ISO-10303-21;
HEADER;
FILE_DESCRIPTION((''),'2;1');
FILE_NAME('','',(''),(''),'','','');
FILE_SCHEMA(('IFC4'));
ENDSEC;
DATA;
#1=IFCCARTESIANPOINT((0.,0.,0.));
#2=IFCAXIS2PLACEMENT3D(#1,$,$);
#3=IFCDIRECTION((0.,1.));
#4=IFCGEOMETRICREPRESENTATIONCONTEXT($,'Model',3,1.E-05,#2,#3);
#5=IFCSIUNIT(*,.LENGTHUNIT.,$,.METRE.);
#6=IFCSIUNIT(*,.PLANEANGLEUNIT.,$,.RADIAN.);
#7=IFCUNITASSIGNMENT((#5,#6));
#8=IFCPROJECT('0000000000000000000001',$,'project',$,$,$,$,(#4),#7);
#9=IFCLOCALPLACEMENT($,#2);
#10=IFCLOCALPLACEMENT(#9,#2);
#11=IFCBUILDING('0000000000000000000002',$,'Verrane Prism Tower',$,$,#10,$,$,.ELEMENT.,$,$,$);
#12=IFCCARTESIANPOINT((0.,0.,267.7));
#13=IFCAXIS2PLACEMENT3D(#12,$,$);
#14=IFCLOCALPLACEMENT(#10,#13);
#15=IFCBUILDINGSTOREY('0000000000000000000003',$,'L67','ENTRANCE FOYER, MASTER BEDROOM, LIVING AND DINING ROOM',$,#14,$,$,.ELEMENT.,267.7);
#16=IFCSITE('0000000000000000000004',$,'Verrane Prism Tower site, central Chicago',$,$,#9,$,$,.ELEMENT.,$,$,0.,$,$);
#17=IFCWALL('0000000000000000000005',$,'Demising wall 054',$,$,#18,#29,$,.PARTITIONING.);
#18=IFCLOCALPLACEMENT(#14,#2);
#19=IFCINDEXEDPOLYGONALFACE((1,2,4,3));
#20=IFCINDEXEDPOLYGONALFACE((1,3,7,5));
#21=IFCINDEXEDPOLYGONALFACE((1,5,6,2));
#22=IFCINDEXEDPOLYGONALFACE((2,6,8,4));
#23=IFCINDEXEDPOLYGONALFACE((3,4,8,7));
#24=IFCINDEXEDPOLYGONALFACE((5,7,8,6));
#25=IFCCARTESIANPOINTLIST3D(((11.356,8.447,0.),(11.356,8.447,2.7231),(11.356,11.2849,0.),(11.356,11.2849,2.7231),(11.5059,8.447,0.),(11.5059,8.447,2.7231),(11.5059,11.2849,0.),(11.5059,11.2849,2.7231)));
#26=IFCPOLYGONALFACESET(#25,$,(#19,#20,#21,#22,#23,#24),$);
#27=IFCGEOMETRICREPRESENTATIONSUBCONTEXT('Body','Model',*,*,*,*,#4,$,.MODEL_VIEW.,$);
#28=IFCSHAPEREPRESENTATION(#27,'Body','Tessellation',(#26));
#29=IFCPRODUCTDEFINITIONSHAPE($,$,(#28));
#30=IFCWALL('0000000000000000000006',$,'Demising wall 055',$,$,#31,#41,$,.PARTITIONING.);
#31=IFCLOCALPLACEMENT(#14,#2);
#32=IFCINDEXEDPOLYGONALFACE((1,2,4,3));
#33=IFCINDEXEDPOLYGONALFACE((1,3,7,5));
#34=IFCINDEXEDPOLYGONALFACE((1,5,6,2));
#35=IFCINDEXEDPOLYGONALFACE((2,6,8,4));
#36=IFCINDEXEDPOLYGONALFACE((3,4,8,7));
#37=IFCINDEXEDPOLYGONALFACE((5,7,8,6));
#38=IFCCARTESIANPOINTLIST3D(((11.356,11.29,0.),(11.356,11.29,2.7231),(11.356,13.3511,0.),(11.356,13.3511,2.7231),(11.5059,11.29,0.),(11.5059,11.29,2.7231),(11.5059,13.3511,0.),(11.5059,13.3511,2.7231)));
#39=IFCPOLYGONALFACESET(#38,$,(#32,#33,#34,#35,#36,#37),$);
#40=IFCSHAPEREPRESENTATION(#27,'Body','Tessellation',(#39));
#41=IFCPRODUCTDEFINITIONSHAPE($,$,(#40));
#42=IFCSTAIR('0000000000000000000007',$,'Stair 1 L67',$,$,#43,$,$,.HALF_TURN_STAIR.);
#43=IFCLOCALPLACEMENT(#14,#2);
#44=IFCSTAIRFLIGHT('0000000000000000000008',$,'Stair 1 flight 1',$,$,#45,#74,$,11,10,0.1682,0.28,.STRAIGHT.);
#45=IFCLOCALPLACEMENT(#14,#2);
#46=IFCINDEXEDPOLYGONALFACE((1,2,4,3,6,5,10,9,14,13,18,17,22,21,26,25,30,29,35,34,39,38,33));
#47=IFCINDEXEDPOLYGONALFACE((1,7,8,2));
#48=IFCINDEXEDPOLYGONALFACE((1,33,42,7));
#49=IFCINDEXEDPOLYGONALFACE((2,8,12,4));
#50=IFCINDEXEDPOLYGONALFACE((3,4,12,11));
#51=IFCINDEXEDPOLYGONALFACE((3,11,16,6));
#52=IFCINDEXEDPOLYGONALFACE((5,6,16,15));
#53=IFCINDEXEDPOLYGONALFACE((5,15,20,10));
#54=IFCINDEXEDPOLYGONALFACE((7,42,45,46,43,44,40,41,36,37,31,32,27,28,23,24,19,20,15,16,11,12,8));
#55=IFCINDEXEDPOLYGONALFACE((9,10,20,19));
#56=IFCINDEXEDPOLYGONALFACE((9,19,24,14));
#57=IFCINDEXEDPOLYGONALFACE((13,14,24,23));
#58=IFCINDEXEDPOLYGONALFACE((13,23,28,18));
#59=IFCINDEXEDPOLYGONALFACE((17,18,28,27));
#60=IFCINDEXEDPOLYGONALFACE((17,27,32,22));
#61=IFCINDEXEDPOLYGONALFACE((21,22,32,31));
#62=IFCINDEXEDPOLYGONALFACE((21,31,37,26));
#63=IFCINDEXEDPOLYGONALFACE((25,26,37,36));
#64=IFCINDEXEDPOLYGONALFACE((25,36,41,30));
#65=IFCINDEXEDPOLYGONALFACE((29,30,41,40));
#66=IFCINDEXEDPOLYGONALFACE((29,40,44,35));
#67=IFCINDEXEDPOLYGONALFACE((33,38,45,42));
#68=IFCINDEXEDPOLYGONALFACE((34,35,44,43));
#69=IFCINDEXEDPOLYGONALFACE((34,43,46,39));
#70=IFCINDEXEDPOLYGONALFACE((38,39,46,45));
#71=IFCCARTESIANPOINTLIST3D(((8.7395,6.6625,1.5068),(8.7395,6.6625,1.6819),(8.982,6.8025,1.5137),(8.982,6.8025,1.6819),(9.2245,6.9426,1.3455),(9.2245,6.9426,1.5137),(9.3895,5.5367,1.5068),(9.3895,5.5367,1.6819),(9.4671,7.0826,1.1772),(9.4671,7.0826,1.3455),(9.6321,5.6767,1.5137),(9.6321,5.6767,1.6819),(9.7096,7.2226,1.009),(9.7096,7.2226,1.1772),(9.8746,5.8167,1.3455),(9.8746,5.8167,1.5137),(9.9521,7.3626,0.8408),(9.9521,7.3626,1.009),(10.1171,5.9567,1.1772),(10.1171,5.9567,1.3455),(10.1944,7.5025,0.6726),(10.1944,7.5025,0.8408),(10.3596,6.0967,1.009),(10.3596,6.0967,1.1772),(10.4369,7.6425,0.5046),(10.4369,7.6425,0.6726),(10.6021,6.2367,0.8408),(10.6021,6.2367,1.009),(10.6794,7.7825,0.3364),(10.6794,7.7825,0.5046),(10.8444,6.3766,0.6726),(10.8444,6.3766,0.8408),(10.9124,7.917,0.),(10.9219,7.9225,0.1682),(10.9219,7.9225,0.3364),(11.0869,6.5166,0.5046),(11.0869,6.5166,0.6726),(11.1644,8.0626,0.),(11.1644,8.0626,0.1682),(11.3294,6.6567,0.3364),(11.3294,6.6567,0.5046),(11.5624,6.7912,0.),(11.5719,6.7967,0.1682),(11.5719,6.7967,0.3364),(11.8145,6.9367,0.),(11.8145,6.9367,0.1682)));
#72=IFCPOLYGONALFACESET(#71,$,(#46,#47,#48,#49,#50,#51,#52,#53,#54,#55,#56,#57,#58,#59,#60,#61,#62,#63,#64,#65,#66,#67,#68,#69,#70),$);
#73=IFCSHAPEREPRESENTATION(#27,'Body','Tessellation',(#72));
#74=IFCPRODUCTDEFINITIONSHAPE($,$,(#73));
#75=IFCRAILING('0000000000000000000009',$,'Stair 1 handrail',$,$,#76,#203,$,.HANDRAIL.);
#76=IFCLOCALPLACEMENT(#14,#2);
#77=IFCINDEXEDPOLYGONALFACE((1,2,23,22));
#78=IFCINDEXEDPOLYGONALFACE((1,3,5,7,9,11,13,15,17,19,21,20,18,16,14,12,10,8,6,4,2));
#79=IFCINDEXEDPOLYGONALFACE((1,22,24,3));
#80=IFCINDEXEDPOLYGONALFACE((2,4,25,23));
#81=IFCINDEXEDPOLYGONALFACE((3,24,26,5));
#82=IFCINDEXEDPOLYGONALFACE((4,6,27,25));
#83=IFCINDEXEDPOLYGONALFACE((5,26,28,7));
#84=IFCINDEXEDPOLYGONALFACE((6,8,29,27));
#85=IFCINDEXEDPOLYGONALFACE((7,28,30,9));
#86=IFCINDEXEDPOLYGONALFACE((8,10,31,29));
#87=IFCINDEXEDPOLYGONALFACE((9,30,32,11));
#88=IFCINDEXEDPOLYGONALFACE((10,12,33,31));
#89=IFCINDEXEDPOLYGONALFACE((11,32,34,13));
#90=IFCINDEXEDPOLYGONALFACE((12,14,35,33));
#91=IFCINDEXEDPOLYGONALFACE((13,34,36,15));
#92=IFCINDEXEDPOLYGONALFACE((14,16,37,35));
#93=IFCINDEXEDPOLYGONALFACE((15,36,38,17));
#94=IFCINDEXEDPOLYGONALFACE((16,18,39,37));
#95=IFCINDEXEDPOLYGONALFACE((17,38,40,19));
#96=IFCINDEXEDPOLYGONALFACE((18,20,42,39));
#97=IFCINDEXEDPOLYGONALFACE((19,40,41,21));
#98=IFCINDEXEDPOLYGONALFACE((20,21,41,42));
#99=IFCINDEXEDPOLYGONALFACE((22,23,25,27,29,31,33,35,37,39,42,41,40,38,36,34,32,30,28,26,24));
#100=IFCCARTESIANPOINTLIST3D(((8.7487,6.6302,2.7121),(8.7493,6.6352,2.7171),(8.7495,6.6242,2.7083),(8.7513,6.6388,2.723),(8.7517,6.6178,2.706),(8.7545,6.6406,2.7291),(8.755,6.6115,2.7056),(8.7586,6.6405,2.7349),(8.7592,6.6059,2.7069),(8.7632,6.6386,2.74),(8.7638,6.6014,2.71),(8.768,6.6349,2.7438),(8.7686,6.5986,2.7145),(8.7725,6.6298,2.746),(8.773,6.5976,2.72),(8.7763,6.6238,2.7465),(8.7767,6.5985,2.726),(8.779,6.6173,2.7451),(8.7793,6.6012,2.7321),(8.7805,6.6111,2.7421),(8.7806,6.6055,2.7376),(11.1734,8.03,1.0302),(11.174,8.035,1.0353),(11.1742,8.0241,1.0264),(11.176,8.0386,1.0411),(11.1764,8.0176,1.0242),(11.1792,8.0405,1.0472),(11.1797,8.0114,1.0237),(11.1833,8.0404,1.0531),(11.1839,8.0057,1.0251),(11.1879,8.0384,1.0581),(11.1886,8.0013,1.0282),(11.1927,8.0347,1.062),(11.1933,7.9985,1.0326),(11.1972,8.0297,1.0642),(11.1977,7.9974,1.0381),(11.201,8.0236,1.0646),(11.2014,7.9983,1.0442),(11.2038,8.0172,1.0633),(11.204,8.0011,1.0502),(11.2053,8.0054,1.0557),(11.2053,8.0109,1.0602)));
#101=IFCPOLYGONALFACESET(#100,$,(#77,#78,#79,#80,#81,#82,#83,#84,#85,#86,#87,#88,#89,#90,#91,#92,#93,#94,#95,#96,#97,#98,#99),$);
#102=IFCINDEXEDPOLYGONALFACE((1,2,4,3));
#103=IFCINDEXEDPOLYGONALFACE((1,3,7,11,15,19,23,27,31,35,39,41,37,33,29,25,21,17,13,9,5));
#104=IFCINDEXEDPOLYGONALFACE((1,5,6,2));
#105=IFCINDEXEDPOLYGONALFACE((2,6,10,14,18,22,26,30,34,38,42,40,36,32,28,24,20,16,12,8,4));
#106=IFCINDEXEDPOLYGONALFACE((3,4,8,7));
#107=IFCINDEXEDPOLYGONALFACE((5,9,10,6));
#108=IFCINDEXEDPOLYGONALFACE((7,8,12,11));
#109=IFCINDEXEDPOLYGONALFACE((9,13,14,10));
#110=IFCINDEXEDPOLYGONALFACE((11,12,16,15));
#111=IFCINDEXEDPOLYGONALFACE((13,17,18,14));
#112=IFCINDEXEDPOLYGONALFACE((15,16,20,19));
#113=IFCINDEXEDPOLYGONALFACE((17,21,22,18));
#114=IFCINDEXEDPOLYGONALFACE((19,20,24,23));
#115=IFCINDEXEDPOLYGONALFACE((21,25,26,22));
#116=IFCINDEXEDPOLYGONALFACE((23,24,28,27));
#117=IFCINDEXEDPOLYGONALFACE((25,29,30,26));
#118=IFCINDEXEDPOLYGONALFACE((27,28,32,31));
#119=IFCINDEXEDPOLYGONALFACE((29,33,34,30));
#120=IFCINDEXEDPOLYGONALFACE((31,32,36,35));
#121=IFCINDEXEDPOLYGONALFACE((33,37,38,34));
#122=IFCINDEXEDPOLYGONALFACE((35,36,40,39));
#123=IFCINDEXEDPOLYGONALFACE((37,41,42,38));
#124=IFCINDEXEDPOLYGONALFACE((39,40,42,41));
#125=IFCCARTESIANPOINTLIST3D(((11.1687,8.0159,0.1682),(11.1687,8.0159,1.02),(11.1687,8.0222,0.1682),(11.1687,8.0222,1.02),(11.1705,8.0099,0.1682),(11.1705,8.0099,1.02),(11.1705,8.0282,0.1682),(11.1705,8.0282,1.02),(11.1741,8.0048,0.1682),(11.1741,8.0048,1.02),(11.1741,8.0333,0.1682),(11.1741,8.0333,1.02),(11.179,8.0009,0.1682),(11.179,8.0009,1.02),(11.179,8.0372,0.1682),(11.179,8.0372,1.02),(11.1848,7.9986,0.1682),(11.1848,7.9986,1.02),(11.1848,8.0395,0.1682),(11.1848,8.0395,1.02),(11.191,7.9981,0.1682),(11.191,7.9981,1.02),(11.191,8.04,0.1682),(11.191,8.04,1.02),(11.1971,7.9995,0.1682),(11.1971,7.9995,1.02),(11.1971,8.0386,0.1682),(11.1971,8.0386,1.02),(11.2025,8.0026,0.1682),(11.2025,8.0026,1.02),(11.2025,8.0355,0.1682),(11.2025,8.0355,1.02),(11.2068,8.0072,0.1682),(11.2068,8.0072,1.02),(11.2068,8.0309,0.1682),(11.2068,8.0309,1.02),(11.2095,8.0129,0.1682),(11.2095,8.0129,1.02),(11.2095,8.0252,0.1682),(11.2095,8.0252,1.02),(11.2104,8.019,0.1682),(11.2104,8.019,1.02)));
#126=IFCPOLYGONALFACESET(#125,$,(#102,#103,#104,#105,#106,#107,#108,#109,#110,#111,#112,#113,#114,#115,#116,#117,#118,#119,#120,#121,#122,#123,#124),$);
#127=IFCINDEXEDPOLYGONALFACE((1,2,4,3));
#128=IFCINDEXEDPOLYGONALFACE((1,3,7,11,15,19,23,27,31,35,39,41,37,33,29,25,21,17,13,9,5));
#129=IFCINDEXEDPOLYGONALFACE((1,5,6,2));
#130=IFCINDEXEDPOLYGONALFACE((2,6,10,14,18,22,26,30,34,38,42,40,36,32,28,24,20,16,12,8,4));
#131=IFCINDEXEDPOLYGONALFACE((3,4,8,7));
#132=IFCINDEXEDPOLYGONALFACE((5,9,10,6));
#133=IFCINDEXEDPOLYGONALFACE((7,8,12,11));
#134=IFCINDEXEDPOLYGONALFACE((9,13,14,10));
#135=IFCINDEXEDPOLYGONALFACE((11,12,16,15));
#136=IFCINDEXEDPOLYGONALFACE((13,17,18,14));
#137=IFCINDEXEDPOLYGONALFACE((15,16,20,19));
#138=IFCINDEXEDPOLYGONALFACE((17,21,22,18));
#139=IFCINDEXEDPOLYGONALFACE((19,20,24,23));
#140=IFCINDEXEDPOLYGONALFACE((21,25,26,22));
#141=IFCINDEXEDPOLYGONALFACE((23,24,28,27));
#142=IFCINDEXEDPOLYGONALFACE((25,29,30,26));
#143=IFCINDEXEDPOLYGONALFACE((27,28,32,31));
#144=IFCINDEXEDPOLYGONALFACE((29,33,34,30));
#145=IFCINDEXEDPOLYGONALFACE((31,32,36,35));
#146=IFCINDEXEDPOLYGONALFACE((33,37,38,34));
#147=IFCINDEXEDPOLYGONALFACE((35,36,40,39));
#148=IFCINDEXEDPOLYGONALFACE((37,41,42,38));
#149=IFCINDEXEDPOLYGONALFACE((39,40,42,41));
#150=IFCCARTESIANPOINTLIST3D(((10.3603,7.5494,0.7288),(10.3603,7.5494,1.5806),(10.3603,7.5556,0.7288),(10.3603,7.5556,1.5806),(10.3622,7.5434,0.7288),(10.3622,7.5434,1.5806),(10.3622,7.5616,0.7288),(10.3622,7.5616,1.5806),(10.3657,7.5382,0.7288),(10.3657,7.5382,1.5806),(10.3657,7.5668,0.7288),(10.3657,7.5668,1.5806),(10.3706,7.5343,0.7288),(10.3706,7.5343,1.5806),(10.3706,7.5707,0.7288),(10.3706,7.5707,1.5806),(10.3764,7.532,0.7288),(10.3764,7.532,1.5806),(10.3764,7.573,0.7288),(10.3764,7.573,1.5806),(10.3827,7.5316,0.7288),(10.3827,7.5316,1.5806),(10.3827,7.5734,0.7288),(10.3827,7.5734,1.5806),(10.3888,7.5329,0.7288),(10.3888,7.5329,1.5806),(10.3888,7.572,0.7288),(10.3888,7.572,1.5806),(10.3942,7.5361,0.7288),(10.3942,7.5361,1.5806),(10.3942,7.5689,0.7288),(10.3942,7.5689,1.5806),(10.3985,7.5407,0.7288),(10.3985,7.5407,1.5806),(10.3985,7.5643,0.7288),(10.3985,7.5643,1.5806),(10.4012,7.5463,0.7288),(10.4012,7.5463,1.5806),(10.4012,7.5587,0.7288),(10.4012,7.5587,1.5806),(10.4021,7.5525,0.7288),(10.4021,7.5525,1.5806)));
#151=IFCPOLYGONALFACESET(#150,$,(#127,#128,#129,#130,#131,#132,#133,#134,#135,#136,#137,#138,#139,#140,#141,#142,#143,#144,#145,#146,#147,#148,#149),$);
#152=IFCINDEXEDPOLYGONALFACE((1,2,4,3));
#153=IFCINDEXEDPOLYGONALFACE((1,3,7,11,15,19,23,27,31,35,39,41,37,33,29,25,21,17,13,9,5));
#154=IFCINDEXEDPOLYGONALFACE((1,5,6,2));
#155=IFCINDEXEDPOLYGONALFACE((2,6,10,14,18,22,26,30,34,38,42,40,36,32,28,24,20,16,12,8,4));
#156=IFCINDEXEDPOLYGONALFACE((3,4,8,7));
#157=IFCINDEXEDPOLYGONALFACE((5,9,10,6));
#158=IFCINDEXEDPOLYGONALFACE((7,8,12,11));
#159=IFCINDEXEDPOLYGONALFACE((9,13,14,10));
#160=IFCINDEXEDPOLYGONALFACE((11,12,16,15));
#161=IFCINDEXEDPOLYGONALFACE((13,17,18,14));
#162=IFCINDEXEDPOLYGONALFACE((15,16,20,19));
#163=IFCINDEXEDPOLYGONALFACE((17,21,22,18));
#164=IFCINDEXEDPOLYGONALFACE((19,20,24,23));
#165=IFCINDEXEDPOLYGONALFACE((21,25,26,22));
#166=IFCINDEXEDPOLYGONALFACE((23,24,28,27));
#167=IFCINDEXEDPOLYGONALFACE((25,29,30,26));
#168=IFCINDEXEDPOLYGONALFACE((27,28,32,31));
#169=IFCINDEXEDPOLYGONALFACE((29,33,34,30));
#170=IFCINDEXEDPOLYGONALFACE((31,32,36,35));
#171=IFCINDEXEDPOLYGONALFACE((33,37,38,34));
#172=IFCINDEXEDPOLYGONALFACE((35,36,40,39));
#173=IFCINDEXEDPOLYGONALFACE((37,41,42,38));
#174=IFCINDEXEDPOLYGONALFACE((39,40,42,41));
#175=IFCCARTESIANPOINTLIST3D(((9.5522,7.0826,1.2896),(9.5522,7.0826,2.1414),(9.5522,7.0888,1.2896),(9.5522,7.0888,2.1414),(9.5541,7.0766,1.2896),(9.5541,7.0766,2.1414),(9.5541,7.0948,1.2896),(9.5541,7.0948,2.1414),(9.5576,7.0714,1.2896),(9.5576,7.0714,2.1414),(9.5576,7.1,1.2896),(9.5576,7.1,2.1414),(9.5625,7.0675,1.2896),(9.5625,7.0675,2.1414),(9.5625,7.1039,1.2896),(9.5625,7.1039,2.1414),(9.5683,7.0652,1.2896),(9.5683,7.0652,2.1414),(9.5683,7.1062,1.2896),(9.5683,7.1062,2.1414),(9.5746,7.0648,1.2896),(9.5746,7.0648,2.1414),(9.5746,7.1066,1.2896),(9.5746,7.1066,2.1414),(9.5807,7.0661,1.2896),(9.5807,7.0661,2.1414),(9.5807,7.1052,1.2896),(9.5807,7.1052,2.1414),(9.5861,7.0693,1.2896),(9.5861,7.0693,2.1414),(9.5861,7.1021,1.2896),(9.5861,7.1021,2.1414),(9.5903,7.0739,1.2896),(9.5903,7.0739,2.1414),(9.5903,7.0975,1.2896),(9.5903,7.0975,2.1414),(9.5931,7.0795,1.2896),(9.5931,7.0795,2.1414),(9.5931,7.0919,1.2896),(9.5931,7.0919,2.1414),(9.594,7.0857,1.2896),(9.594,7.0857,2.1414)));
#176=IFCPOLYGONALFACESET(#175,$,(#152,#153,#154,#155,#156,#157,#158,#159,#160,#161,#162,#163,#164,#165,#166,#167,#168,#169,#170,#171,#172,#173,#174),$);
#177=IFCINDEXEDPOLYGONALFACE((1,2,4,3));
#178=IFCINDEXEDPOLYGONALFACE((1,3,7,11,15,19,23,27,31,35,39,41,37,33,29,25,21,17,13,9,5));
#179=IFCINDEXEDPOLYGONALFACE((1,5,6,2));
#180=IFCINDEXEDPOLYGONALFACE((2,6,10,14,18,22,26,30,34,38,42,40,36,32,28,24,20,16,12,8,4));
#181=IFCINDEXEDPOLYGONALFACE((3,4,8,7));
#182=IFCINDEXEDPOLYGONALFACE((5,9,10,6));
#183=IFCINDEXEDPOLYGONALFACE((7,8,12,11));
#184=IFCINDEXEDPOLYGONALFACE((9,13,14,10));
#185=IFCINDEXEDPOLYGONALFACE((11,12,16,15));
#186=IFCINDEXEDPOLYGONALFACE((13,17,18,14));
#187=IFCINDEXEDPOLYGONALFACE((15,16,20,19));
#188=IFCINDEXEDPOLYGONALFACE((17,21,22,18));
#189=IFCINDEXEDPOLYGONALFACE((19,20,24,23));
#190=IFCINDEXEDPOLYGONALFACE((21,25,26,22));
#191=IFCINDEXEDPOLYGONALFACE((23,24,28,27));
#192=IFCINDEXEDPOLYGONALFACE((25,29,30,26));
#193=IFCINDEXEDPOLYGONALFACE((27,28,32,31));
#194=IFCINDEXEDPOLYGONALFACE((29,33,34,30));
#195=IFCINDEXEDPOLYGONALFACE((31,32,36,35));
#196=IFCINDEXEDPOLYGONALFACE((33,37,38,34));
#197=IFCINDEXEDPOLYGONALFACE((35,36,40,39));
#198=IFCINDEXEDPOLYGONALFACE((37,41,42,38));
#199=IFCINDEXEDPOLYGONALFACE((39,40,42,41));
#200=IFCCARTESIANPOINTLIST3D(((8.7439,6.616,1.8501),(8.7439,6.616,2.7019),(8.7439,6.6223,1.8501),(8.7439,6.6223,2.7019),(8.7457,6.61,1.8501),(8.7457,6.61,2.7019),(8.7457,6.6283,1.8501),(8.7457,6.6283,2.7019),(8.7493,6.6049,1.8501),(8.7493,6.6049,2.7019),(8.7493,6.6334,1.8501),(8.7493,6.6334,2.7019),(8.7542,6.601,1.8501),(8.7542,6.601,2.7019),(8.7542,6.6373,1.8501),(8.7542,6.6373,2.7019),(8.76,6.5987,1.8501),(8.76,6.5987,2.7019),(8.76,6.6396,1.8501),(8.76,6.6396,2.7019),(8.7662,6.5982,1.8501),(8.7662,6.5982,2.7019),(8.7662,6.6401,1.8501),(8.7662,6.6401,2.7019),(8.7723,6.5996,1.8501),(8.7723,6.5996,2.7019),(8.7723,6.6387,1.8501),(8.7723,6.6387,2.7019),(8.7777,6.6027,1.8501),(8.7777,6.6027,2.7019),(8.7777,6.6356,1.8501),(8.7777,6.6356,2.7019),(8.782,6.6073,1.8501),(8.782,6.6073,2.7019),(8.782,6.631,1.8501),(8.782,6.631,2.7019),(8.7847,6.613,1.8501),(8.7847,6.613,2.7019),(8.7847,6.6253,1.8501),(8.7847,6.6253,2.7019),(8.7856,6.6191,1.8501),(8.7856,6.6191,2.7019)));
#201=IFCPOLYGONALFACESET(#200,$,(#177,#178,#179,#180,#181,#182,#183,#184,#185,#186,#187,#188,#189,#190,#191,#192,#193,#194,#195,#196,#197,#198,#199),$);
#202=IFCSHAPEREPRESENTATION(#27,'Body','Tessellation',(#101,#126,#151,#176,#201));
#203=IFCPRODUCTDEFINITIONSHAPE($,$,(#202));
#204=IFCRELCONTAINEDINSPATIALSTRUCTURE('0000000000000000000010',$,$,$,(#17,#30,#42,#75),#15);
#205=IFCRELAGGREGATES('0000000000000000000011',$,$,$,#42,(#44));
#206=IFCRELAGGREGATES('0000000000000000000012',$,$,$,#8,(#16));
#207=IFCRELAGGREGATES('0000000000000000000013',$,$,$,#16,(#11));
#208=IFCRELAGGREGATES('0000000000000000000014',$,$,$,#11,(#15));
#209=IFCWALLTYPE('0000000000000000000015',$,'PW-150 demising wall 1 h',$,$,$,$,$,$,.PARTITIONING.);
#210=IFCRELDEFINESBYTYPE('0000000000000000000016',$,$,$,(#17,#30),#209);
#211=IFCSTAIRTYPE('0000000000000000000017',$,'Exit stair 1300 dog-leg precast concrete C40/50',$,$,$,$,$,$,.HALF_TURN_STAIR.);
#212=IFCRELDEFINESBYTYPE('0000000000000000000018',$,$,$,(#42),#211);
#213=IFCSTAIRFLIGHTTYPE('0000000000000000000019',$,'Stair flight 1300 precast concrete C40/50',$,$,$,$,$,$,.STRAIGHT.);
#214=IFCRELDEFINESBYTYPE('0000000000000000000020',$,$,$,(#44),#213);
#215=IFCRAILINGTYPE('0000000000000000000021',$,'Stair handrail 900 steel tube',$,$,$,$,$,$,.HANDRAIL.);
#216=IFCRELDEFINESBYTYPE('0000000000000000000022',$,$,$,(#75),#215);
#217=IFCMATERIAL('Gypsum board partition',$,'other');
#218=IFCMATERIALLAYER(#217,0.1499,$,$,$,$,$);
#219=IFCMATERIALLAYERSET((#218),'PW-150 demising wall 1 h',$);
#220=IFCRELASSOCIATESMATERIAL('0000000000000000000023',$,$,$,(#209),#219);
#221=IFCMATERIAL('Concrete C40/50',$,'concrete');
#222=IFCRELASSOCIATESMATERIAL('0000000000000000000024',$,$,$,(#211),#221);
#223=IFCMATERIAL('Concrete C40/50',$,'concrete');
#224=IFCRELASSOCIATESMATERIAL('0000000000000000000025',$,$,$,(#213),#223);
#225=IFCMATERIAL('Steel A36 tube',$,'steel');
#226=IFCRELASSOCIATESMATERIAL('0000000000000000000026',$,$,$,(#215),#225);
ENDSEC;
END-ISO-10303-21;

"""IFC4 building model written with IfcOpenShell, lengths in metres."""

from ifc_helpers import new_model, si_unit, direction, frame, frame_2d, origin, origin_2d, place, context, subcontext, project, spatial, polyline, rectangle, circle, outline, extrude, material, layer, layer_set, type_object, element, aggregate, save


model = new_model("IFC4")

# Units and contexts
model_context = context("Model", 3, precision=1e-05, world=origin(), true_north=direction((0.0, 1.0)))
body_context = subcontext(model_context, "Body", "Model", "MODEL_VIEW")
ifc_project = project(units=[si_unit("LENGTHUNIT", "METRE"), si_unit("PLANEANGLEUNIT", "RADIAN")], contexts=[model_context])

# Site, building, storey
site_placement = place(None, origin())
site = spatial("IfcSite", under=ifc_project, at=site_placement, Name="Verrane Prism Tower site, central Chicago", CompositionType="ELEMENT", RefElevation=0.0)
building_placement = place(site_placement, origin())
building = spatial("IfcBuilding", under=site, at=building_placement, Name="Verrane Prism Tower", CompositionType="ELEMENT")
storey_placement = place(building_placement, frame((0.0, 0.0, 267.7)))
storey = spatial("IfcBuildingStorey", under=building, at=storey_placement, Name="L67", Description="ENTRANCE FOYER, MASTER BEDROOM, LIVING AND DINING ROOM", CompositionType="ELEMENT", Elevation=267.7)

# Walls
ifc_material_1 = material(Name="Gypsum board partition", Category="other")
ifc_layer_1 = layer(ifc_material_1, 0.1499)
ifc_layer_set_1 = layer_set([ifc_layer_1], Name="PW-150 demising wall 1 h")
wall_type_1 = type_object("IfcWallType", Name="PW-150 demising wall 1 h", PredefinedType="PARTITIONING", material=ifc_layer_set_1)
wall_1_placement = place(storey_placement, frame((11.4309, 8.447, 0.0), z_axis=(0.0, 0.0, 1.0), x_axis=(0.0, 1.0, 0.0)))
element("IfcWall", 1, at=wall_1_placement, inside=storey, type_object=wall_type_1, Name="Demising wall 054", PredefinedType="PARTITIONING", context=body_context, shape_type="SweptSolid", body=[
    extrude(rectangle(XDim=2.8379, YDim=0.1499, at=frame_2d((1.4189, 0.0))), origin(), (0.0, 0.0, 1.0), 2.7231),
])
wall_2_placement = place(storey_placement, frame((11.4309, 11.29, 0.0), z_axis=(0.0, 0.0, 1.0), x_axis=(0.0, 1.0, 0.0)))
element("IfcWall", 2, at=wall_2_placement, inside=storey, type_object=wall_type_1, Name="Demising wall 055", PredefinedType="PARTITIONING", context=body_context, shape_type="SweptSolid", body=[
    extrude(rectangle(XDim=2.061, YDim=0.1499, at=frame_2d((1.0305, 0.0))), origin(), (0.0, 0.0, 1.0), 2.7231),
])

# Stair, stair flight
ifc_material_2 = material(Name="Concrete C40/50", Category="concrete")
stair_type = type_object("IfcStairType", Name="Exit stair 1300 dog-leg precast concrete C40/50", PredefinedType="HALF_TURN_STAIR", material=ifc_material_2)
stair_placement = place(storey_placement, origin())
stair = element("IfcStair", 3, at=stair_placement, inside=storey, type_object=stair_type, Name="Stair 1 L67", PredefinedType="HALF_TURN_STAIR")
ifc_material_3 = material(Name="Concrete C40/50", Category="concrete")
stair_flight_type = type_object("IfcStairFlightType", Name="Stair flight 1300 precast concrete C40/50", PredefinedType="STRAIGHT", material=ifc_material_3)
stair_flight_placement = place(storey_placement, frame((11.4895, 7.4995, 0.0), z_axis=(0.0, 0.0, 1.0), x_axis=(-0.866025, -0.5, 0.0)))
stair_flight = element("IfcStairFlight", 4, at=stair_flight_placement, type_object=stair_flight_type, Name="Stair 1 flight 1", NumberOfRisers=11, NumberOfTreads=10, PredefinedType="STRAIGHT", RiserHeight=0.1682, TreadLength=0.28, context=body_context, shape_type="SweptSolid", body=[
    extrude(outline(polyline([(0.0, 0.0), (0.0, 0.1682), (0.28, 0.1682), (0.28, 0.3364), (0.5601, 0.3364), (0.5601, 0.5046), (0.8401, 0.5046), (0.8401, 0.6726), (1.1201, 0.6726), (1.1201, 0.8408), (1.3999, 0.8408), (1.3999, 1.009), (1.6799, 1.009), (1.6799, 1.1772), (1.96, 1.1772), (1.96, 1.3455), (2.24, 1.3455), (2.24, 1.5137), (2.52, 1.5137), (2.52, 1.6819), (2.8, 1.6819), (2.8, 1.8501), (2.8, 1.5068), (0.291, 0.0), (0.0, 0.0)])), frame((0.0, 0.6499, 0.0), z_axis=(0.0, -1.0, 0.0), x_axis=(1.0, 0.0, 0.0)), (0.0, 0.0, 1.0), 1.3),
])
aggregate(stair, [stair_flight])

# Railing
ifc_material_4 = material(Name="Steel A36 tube", Category="steel")
railing_type_1 = type_object("IfcRailingType", Name="Stair handrail 900 steel tube", PredefinedType="HANDRAIL", material=ifc_material_4)
railing_1_placement = place(storey_placement, frame((11.1895, 8.019, 0.1682)))
element("IfcRailing", 5, at=railing_1_placement, inside=storey, type_object=railing_type_1, Name="Stair 1 handrail", PredefinedType="HANDRAIL", context=body_context, shape_type="SweptSolid", body=[
    extrude(circle(Radius=0.0239, at=origin_2d()), frame((0.0, 0.0, 0.876), z_axis=(-0.74239, -0.428601, 0.514934), x_axis=(0.499984, -0.866035, 0.0)), (0.0, 0.0, 1.0), 3.2661),
    extrude(circle(Radius=0.021, at=origin_2d()), origin(), (0.0, 0.0, 1.0), 0.8518),
    extrude(circle(Radius=0.021, at=origin_2d()), frame((-0.8083, -0.4666, 0.5605)), (0.0, 0.0, 1.0), 0.8518),
    extrude(circle(Radius=0.021, at=origin_2d()), frame((-1.6165, -0.9333, 1.1213)), (0.0, 0.0, 1.0), 0.8518),
    extrude(circle(Radius=0.021, at=origin_2d()), frame((-2.4248, -1.3999, 1.6819)), (0.0, 0.0, 1.0), 0.8518),
])

save(model, "model.ifc")
